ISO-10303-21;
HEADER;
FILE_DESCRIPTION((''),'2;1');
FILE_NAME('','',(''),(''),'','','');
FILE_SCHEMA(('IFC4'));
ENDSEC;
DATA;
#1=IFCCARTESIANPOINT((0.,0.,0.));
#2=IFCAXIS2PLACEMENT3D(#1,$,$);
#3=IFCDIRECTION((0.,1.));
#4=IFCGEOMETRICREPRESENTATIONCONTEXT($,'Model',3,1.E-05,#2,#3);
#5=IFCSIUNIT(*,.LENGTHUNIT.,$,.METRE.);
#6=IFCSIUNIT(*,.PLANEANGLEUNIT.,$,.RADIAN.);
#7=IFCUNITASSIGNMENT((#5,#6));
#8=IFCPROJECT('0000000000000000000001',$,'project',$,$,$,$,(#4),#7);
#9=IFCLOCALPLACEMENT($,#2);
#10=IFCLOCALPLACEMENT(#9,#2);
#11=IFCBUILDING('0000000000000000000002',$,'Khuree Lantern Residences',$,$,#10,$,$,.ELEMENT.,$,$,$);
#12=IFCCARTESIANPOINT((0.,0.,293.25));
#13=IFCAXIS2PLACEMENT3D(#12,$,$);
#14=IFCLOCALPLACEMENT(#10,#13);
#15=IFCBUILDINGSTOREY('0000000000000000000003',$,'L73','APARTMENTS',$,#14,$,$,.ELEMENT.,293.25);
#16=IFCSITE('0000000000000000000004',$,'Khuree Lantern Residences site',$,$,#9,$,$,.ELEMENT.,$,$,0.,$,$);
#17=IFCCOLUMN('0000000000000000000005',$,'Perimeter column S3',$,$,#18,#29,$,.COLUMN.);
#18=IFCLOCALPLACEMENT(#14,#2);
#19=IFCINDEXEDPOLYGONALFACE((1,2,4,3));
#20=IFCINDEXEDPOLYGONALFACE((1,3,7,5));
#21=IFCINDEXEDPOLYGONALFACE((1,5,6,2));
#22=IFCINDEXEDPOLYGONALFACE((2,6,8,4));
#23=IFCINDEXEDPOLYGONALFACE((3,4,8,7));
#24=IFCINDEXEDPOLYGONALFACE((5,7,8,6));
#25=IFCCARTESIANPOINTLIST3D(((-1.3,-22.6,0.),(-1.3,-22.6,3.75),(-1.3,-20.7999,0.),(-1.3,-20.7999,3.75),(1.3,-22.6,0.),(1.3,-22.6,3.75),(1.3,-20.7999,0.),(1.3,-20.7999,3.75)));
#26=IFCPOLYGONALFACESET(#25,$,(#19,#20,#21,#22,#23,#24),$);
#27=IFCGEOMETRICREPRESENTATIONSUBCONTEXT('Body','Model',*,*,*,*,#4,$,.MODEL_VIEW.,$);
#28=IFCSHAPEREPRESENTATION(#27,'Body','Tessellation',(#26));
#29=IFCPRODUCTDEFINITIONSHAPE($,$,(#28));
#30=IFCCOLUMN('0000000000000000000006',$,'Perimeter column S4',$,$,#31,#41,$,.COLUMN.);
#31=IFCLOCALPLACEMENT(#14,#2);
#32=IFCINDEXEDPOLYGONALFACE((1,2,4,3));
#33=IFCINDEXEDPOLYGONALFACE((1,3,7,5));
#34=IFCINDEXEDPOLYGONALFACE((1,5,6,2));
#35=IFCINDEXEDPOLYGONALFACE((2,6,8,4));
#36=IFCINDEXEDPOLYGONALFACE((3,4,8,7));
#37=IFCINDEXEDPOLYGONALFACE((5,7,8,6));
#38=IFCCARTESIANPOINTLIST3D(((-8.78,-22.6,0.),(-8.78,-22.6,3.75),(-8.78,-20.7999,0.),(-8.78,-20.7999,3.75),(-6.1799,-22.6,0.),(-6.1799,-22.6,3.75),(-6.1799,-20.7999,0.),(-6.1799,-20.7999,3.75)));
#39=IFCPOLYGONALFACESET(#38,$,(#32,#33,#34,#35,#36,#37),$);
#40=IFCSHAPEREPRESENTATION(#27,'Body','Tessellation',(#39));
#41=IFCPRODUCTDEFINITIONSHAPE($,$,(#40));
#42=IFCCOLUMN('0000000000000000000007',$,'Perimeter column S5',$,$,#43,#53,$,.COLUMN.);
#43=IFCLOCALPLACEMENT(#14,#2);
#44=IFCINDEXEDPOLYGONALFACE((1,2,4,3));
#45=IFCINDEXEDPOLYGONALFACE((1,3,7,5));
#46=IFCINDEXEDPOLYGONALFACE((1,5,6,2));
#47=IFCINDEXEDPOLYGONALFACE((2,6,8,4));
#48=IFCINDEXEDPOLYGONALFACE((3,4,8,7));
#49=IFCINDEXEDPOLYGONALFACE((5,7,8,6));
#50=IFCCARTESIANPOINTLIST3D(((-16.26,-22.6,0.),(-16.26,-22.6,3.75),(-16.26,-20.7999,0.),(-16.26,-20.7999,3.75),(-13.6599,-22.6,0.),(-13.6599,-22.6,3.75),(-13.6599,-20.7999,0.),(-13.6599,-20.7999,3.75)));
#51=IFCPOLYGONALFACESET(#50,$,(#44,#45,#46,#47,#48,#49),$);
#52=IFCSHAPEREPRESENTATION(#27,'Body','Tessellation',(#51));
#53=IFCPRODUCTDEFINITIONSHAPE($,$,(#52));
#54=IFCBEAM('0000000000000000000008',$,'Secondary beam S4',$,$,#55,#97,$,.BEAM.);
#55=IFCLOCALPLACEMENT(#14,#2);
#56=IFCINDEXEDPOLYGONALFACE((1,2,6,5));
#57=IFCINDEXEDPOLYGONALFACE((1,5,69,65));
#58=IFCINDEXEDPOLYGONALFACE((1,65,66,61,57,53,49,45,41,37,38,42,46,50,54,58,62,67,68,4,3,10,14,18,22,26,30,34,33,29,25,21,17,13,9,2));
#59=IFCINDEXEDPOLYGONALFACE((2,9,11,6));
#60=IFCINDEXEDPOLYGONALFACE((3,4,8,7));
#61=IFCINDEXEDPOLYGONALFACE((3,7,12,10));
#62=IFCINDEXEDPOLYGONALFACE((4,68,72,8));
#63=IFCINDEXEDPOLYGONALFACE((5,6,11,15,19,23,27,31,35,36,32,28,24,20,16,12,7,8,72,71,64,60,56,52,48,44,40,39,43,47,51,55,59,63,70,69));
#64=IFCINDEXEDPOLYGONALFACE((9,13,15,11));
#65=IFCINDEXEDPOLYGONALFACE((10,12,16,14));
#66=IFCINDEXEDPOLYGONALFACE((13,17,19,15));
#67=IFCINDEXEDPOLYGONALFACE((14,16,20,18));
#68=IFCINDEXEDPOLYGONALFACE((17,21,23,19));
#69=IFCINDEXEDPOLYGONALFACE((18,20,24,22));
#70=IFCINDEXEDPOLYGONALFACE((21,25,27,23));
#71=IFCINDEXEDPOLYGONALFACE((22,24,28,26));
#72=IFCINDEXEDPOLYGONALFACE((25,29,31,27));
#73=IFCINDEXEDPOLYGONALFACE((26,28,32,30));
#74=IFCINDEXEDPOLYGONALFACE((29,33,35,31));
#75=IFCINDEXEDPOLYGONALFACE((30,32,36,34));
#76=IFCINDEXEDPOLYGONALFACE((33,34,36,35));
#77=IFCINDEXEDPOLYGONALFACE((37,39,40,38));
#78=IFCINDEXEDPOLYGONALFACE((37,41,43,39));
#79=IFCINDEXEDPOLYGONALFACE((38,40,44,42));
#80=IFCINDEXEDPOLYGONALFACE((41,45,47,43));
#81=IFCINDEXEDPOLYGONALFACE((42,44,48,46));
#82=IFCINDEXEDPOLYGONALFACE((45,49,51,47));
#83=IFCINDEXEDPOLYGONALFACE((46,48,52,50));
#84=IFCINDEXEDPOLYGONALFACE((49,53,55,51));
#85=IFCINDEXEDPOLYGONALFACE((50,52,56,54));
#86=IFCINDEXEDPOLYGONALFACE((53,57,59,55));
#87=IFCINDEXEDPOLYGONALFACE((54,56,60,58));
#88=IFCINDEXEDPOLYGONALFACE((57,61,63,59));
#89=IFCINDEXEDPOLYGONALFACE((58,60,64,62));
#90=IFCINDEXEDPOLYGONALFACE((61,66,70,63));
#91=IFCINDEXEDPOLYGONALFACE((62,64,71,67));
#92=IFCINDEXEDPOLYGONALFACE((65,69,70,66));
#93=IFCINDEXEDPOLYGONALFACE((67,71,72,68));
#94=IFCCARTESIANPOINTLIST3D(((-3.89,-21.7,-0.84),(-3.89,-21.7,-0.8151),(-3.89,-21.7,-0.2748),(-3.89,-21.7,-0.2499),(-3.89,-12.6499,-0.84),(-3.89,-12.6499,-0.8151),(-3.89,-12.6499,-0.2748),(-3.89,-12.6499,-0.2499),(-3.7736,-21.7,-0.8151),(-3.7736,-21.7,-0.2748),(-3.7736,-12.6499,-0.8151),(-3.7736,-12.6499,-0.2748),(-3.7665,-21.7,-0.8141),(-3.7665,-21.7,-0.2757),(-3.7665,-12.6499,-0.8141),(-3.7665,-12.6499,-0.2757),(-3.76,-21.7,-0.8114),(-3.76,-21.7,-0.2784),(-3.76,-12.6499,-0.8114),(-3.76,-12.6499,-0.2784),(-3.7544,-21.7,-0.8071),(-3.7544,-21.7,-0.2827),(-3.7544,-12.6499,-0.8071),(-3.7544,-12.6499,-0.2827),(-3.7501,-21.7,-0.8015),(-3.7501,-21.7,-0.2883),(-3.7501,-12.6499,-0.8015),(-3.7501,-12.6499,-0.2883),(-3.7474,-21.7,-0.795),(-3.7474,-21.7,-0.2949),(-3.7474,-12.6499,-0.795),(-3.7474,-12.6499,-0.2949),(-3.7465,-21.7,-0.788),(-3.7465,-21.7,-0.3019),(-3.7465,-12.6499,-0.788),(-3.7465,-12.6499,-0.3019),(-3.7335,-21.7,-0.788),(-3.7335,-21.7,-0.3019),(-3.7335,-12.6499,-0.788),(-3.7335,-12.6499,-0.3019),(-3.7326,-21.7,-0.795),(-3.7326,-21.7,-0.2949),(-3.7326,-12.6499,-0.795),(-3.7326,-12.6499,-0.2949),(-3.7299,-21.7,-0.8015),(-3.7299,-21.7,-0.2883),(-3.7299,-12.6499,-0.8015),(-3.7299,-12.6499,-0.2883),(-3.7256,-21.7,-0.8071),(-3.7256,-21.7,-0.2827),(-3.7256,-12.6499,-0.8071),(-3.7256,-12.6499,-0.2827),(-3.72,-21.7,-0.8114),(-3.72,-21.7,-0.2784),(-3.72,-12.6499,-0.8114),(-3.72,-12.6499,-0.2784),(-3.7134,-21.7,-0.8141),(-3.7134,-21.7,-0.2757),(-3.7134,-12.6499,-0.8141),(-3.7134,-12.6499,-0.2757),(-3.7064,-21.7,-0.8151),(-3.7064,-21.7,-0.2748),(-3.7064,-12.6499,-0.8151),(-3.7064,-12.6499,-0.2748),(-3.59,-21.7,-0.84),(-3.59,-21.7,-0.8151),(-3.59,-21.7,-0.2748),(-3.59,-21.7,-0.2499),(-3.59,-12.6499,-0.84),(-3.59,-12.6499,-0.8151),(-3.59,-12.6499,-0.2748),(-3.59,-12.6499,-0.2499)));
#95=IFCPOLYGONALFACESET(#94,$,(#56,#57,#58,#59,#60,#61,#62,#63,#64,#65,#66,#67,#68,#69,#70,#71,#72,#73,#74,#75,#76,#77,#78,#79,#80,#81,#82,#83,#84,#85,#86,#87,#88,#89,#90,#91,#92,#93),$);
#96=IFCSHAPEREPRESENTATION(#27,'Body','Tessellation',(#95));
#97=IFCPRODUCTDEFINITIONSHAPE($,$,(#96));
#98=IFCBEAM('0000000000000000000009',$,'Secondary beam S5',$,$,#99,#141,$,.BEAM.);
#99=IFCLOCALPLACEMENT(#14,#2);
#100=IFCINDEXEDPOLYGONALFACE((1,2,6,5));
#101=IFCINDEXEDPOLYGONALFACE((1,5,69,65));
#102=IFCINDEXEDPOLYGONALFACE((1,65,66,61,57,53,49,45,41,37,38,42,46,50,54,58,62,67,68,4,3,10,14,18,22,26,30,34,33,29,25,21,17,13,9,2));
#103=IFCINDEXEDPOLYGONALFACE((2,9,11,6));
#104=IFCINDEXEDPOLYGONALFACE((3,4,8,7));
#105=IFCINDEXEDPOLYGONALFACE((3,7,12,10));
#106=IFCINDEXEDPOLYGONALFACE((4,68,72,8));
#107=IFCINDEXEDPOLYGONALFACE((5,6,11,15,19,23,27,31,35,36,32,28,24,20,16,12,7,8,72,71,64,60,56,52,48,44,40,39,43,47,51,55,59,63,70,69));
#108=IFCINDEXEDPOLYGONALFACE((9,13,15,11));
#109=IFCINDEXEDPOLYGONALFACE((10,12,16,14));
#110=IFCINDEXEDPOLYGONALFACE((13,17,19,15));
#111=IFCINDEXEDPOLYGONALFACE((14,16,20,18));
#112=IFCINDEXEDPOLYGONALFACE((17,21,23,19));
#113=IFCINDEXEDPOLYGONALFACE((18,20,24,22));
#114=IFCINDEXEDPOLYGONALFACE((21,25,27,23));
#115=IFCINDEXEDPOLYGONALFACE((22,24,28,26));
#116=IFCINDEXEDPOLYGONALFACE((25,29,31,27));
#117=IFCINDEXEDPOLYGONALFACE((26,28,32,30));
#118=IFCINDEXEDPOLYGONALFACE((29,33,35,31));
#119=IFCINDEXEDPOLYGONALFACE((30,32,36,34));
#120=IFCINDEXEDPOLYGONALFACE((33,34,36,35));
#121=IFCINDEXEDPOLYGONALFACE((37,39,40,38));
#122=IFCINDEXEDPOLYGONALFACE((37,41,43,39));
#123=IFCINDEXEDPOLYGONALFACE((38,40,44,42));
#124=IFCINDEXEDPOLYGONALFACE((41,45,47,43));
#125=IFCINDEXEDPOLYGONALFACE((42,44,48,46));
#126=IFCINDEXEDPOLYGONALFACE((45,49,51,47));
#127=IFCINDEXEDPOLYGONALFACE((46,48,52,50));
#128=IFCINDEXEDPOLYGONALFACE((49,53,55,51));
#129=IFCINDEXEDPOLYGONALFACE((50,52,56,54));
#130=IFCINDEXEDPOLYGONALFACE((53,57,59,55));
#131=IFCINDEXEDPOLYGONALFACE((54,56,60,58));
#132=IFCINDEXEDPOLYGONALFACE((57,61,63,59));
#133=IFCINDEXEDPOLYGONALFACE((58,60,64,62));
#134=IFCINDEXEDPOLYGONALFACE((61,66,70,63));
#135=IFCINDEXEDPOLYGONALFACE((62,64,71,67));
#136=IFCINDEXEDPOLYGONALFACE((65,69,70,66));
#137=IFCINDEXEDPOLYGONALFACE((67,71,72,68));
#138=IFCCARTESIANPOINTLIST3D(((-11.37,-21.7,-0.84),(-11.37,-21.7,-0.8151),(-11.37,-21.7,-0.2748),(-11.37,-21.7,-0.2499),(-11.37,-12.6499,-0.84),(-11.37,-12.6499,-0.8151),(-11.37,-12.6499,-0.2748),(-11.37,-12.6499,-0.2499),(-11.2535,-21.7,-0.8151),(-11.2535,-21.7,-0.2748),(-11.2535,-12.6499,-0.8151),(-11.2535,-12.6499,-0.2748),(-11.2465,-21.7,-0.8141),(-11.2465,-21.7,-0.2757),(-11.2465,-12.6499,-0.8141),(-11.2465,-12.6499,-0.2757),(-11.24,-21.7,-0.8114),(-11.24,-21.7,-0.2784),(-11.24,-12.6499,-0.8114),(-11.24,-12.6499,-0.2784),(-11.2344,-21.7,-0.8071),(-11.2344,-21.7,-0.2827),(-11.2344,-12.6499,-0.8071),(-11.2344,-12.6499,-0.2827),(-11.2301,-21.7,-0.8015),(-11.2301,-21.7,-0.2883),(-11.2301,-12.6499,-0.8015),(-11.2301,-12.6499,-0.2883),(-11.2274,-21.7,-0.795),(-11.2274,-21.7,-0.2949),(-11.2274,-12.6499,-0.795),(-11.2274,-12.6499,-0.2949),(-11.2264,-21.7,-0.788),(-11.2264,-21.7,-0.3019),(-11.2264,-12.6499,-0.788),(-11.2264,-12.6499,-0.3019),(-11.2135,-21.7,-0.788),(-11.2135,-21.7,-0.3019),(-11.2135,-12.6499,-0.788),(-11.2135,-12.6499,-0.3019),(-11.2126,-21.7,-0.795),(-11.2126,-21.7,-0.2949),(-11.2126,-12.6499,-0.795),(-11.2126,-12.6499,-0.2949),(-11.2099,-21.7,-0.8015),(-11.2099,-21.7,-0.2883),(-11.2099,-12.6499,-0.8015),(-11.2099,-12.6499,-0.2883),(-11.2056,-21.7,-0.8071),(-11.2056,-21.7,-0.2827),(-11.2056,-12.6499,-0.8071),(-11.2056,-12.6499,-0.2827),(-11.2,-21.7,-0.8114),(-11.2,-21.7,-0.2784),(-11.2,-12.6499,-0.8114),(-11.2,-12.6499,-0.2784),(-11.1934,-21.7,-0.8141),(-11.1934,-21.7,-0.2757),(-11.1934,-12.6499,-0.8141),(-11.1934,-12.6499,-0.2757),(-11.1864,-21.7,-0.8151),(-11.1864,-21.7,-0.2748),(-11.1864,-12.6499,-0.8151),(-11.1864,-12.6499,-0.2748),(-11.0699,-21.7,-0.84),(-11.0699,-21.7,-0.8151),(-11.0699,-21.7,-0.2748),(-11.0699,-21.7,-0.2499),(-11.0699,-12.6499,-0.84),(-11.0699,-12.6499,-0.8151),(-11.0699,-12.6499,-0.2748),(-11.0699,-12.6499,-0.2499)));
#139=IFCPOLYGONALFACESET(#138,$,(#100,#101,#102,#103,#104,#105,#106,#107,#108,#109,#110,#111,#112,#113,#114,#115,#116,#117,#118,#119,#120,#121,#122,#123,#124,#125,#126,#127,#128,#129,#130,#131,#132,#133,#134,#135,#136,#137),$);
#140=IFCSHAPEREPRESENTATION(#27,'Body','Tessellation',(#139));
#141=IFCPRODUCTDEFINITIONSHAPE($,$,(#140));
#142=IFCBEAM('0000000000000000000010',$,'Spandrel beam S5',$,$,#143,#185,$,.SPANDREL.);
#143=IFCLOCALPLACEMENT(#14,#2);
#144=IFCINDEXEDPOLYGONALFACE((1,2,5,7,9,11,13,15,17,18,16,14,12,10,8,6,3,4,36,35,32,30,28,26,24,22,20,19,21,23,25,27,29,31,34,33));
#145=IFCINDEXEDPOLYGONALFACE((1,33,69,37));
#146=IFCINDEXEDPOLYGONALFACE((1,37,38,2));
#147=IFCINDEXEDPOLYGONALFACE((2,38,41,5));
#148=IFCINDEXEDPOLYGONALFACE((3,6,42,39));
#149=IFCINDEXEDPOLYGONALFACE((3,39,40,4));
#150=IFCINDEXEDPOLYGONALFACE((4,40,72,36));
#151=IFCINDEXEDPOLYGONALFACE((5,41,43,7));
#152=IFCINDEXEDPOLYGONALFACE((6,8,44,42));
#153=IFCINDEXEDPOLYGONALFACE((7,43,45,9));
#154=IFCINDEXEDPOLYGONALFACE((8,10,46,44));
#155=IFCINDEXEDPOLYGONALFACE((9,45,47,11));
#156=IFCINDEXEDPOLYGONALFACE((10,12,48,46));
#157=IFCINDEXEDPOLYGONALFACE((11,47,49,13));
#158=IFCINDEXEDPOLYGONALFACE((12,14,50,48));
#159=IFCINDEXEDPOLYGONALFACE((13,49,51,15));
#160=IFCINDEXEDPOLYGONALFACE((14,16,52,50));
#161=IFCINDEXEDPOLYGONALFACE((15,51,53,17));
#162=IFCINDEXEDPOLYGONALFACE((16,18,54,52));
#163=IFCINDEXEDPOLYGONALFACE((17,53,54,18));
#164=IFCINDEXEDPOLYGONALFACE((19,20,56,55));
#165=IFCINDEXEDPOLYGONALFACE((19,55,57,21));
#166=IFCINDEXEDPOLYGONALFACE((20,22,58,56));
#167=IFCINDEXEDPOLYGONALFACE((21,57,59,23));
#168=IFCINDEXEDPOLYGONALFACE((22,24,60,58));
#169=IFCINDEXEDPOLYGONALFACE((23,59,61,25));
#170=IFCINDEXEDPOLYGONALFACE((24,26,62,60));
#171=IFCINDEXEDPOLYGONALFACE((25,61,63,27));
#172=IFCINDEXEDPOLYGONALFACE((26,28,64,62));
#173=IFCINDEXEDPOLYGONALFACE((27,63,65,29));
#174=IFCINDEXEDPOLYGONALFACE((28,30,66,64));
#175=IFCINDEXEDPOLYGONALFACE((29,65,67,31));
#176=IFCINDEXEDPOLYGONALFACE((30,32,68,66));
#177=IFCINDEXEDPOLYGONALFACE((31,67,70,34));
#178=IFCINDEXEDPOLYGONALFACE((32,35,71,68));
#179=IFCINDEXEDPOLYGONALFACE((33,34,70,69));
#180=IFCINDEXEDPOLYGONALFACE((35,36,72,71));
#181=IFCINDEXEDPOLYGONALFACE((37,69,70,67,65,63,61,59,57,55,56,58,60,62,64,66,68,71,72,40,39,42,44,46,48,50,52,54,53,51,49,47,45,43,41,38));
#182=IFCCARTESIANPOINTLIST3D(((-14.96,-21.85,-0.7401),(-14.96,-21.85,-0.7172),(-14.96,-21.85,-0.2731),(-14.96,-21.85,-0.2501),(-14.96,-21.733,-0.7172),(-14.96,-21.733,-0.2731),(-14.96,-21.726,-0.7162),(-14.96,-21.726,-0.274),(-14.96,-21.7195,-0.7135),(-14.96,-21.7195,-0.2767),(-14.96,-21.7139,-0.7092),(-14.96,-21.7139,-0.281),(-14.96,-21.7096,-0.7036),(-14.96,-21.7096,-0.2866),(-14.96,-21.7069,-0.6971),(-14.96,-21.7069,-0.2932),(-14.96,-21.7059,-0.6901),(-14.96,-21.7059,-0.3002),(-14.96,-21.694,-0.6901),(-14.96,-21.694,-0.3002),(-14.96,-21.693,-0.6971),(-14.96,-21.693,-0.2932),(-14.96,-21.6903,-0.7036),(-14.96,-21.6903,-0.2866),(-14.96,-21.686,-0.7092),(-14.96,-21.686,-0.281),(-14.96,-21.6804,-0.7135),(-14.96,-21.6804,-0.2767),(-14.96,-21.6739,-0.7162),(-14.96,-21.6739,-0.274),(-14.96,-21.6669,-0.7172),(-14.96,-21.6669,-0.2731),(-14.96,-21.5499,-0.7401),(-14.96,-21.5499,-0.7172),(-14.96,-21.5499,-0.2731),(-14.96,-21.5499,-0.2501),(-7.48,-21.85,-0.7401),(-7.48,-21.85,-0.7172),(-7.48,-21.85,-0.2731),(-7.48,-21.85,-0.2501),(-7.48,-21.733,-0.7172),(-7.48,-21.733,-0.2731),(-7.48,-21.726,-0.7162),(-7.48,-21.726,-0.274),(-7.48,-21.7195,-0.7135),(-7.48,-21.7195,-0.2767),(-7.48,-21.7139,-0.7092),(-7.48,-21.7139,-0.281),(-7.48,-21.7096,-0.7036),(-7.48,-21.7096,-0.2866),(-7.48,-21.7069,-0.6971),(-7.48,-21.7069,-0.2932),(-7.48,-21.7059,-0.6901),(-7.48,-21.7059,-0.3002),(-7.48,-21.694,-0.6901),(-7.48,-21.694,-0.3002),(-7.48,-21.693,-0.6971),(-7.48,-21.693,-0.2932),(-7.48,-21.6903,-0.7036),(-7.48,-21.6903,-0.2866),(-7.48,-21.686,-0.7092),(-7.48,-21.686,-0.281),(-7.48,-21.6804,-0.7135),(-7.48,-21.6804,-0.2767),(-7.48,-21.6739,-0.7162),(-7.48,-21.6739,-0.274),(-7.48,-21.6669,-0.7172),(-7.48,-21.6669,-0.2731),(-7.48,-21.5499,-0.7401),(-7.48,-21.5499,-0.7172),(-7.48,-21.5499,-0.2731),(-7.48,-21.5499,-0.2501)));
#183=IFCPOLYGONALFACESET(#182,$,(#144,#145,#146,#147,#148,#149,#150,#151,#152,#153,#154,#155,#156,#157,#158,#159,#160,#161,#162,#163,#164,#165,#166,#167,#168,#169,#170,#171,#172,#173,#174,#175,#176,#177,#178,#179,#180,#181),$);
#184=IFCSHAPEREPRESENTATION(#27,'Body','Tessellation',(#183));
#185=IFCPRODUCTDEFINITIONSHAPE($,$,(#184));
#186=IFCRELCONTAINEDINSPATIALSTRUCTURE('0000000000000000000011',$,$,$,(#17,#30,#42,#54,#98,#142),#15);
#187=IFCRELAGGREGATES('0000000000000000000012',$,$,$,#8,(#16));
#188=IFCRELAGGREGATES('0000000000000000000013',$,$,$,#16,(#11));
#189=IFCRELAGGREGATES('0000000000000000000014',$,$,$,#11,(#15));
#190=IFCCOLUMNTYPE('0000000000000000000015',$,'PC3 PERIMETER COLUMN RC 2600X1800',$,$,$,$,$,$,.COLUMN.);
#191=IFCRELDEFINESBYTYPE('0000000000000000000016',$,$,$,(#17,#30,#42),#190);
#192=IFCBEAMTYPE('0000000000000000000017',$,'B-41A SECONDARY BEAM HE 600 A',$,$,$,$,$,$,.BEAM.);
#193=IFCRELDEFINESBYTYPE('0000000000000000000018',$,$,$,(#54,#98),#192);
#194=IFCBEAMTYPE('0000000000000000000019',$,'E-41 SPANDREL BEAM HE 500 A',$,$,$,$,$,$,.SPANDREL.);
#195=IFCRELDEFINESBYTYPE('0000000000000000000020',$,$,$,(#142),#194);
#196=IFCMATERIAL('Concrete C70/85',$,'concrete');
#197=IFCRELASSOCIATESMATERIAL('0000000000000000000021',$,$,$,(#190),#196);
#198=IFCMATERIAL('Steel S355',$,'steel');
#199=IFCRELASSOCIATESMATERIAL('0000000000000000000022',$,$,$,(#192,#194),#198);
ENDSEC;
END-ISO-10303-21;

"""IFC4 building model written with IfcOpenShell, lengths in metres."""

from ifc_helpers import new_model, si_unit, direction, frame, origin, origin_2d, place, context, subcontext, project, spatial, rectangle, i_section, extrude, material, material_profile, profile_set, type_object, element, save


model = new_model("IFC4")

# Units and contexts
model_context = context("Model", 3, precision=1e-05, world=origin(), true_north=direction((0.0, 1.0)))
body_context = subcontext(model_context, "Body", "Model", "MODEL_VIEW")
ifc_project = project(units=[si_unit("LENGTHUNIT", "METRE"), si_unit("PLANEANGLEUNIT", "RADIAN")], contexts=[model_context])

# Site, building, storey
site_placement = place(None, origin())
site = spatial("IfcSite", under=ifc_project, at=site_placement, Name="Khuree Lantern Residences site", CompositionType="ELEMENT", RefElevation=0.0)
building_placement = place(site_placement, origin())
building = spatial("IfcBuilding", under=site, at=building_placement, Name="Khuree Lantern Residences", CompositionType="ELEMENT")
storey_placement = place(building_placement, frame((0.0, 0.0, 293.25)))
storey = spatial("IfcBuildingStorey", under=building, at=storey_placement, Name="L73", Description="APARTMENTS", CompositionType="ELEMENT", Elevation=293.25)

# Columns
ifc_material_1 = material(Name="Concrete C70/85", Category="concrete")
ifc_material_profile_1 = material_profile(ifc_material_1, rectangle(XDim=2.6001, YDim=1.8, at=origin_2d()), Name="RC 2600X1800")
ifc_profile_set_1 = profile_set([ifc_material_profile_1], Name="Concrete C70/85")
column_type = type_object("IfcColumnType", Name="PC3 PERIMETER COLUMN RC 2600X1800", PredefinedType="COLUMN", material=ifc_profile_set_1)
for number, where, z_axis, x_axis, name in (
    (1, (0.0, -21.7, 0.0), (0.0, 0.0, 1.0), (1.0, 0.0, 0.0), "Perimeter column S3"),
    (2, (-7.48, -21.7, 0.0), (0.0, 0.0, 1.0), (1.0, 0.0, 0.0), "Perimeter column S4"),
    (3, (-14.96, -21.7, 0.0), (0.0, 0.0, 1.0), (1.0, 0.0, 0.0), "Perimeter column S5"),
):
    element("IfcColumn", number, at=place(storey_placement, frame(where, z_axis=z_axis, x_axis=x_axis)), inside=storey, type_object=column_type, Name=name, PredefinedType="COLUMN", context=body_context, shape_type="SweptSolid", body=[
        extrude(rectangle(XDim=2.6001, YDim=1.8, at=origin_2d()), origin(), (0.0, 0.0, 1.0), 3.75),
    ])

# Beams
ifc_material_2 = material(Name="Steel S355", Category="steel")
ifc_material_profile_2 = material_profile(ifc_material_2, i_section(OverallWidth=0.3, OverallDepth=0.5901, WebThickness=0.0129, FlangeThickness=0.0249, FilletRadius=0.0271, at=origin_2d()), Name="HE 600 A")
ifc_profile_set_2 = profile_set([ifc_material_profile_2], Name="Steel S355")
beam_type_1 = type_object("IfcBeamType", Name="B-41A SECONDARY BEAM HE 600 A", PredefinedType="BEAM", material=ifc_profile_set_2)
for number, where, z_axis, x_axis, name in (
    (4, (-3.74, -21.7, -0.5449), (0.0, 1.0, 0.0), (-1.0, 0.0, 0.0), "Secondary beam S4"),
    (5, (-11.22, -21.7, -0.5449), (0.0, 1.0, 0.0), (-1.0, 0.0, 0.0), "Secondary beam S5"),
):
    element("IfcBeam", number, at=place(storey_placement, frame(where, z_axis=z_axis, x_axis=x_axis)), inside=storey, type_object=beam_type_1, Name=name, PredefinedType="BEAM", context=body_context, shape_type="SweptSolid", body=[
        extrude(i_section(OverallWidth=0.3, OverallDepth=0.5901, WebThickness=0.0129, FlangeThickness=0.0249, FilletRadius=0.0271, at=origin_2d()), origin(), (0.0, 0.0, 1.0), 9.05),
    ])
ifc_material_profile_3 = material_profile(ifc_material_2, i_section(OverallWidth=0.3, OverallDepth=0.49, WebThickness=0.012, FlangeThickness=0.0229, FilletRadius=0.0271, at=origin_2d()), Name="HE 500 A")
ifc_profile_set_3 = profile_set([ifc_material_profile_3], Name="Steel S355")
beam_type_2 = type_object("IfcBeamType", Name="E-41 SPANDREL BEAM HE 500 A", PredefinedType="SPANDREL", material=ifc_profile_set_3)
beam_1_placement = place(storey_placement, frame((-7.48, -21.7, -0.4951), z_axis=(-1.0, 0.0, 0.0), x_axis=(0.0, -1.0, 0.0)))
element("IfcBeam", 6, at=beam_1_placement, inside=storey, type_object=beam_type_2, Name="Spandrel beam S5", PredefinedType="SPANDREL", context=body_context, shape_type="SweptSolid", body=[
    extrude(i_section(OverallWidth=0.3, OverallDepth=0.49, WebThickness=0.012, FlangeThickness=0.0229, FilletRadius=0.0271, at=origin_2d()), origin(), (0.0, 0.0, 1.0), 7.48),
])

save(model, "model.ifc")
